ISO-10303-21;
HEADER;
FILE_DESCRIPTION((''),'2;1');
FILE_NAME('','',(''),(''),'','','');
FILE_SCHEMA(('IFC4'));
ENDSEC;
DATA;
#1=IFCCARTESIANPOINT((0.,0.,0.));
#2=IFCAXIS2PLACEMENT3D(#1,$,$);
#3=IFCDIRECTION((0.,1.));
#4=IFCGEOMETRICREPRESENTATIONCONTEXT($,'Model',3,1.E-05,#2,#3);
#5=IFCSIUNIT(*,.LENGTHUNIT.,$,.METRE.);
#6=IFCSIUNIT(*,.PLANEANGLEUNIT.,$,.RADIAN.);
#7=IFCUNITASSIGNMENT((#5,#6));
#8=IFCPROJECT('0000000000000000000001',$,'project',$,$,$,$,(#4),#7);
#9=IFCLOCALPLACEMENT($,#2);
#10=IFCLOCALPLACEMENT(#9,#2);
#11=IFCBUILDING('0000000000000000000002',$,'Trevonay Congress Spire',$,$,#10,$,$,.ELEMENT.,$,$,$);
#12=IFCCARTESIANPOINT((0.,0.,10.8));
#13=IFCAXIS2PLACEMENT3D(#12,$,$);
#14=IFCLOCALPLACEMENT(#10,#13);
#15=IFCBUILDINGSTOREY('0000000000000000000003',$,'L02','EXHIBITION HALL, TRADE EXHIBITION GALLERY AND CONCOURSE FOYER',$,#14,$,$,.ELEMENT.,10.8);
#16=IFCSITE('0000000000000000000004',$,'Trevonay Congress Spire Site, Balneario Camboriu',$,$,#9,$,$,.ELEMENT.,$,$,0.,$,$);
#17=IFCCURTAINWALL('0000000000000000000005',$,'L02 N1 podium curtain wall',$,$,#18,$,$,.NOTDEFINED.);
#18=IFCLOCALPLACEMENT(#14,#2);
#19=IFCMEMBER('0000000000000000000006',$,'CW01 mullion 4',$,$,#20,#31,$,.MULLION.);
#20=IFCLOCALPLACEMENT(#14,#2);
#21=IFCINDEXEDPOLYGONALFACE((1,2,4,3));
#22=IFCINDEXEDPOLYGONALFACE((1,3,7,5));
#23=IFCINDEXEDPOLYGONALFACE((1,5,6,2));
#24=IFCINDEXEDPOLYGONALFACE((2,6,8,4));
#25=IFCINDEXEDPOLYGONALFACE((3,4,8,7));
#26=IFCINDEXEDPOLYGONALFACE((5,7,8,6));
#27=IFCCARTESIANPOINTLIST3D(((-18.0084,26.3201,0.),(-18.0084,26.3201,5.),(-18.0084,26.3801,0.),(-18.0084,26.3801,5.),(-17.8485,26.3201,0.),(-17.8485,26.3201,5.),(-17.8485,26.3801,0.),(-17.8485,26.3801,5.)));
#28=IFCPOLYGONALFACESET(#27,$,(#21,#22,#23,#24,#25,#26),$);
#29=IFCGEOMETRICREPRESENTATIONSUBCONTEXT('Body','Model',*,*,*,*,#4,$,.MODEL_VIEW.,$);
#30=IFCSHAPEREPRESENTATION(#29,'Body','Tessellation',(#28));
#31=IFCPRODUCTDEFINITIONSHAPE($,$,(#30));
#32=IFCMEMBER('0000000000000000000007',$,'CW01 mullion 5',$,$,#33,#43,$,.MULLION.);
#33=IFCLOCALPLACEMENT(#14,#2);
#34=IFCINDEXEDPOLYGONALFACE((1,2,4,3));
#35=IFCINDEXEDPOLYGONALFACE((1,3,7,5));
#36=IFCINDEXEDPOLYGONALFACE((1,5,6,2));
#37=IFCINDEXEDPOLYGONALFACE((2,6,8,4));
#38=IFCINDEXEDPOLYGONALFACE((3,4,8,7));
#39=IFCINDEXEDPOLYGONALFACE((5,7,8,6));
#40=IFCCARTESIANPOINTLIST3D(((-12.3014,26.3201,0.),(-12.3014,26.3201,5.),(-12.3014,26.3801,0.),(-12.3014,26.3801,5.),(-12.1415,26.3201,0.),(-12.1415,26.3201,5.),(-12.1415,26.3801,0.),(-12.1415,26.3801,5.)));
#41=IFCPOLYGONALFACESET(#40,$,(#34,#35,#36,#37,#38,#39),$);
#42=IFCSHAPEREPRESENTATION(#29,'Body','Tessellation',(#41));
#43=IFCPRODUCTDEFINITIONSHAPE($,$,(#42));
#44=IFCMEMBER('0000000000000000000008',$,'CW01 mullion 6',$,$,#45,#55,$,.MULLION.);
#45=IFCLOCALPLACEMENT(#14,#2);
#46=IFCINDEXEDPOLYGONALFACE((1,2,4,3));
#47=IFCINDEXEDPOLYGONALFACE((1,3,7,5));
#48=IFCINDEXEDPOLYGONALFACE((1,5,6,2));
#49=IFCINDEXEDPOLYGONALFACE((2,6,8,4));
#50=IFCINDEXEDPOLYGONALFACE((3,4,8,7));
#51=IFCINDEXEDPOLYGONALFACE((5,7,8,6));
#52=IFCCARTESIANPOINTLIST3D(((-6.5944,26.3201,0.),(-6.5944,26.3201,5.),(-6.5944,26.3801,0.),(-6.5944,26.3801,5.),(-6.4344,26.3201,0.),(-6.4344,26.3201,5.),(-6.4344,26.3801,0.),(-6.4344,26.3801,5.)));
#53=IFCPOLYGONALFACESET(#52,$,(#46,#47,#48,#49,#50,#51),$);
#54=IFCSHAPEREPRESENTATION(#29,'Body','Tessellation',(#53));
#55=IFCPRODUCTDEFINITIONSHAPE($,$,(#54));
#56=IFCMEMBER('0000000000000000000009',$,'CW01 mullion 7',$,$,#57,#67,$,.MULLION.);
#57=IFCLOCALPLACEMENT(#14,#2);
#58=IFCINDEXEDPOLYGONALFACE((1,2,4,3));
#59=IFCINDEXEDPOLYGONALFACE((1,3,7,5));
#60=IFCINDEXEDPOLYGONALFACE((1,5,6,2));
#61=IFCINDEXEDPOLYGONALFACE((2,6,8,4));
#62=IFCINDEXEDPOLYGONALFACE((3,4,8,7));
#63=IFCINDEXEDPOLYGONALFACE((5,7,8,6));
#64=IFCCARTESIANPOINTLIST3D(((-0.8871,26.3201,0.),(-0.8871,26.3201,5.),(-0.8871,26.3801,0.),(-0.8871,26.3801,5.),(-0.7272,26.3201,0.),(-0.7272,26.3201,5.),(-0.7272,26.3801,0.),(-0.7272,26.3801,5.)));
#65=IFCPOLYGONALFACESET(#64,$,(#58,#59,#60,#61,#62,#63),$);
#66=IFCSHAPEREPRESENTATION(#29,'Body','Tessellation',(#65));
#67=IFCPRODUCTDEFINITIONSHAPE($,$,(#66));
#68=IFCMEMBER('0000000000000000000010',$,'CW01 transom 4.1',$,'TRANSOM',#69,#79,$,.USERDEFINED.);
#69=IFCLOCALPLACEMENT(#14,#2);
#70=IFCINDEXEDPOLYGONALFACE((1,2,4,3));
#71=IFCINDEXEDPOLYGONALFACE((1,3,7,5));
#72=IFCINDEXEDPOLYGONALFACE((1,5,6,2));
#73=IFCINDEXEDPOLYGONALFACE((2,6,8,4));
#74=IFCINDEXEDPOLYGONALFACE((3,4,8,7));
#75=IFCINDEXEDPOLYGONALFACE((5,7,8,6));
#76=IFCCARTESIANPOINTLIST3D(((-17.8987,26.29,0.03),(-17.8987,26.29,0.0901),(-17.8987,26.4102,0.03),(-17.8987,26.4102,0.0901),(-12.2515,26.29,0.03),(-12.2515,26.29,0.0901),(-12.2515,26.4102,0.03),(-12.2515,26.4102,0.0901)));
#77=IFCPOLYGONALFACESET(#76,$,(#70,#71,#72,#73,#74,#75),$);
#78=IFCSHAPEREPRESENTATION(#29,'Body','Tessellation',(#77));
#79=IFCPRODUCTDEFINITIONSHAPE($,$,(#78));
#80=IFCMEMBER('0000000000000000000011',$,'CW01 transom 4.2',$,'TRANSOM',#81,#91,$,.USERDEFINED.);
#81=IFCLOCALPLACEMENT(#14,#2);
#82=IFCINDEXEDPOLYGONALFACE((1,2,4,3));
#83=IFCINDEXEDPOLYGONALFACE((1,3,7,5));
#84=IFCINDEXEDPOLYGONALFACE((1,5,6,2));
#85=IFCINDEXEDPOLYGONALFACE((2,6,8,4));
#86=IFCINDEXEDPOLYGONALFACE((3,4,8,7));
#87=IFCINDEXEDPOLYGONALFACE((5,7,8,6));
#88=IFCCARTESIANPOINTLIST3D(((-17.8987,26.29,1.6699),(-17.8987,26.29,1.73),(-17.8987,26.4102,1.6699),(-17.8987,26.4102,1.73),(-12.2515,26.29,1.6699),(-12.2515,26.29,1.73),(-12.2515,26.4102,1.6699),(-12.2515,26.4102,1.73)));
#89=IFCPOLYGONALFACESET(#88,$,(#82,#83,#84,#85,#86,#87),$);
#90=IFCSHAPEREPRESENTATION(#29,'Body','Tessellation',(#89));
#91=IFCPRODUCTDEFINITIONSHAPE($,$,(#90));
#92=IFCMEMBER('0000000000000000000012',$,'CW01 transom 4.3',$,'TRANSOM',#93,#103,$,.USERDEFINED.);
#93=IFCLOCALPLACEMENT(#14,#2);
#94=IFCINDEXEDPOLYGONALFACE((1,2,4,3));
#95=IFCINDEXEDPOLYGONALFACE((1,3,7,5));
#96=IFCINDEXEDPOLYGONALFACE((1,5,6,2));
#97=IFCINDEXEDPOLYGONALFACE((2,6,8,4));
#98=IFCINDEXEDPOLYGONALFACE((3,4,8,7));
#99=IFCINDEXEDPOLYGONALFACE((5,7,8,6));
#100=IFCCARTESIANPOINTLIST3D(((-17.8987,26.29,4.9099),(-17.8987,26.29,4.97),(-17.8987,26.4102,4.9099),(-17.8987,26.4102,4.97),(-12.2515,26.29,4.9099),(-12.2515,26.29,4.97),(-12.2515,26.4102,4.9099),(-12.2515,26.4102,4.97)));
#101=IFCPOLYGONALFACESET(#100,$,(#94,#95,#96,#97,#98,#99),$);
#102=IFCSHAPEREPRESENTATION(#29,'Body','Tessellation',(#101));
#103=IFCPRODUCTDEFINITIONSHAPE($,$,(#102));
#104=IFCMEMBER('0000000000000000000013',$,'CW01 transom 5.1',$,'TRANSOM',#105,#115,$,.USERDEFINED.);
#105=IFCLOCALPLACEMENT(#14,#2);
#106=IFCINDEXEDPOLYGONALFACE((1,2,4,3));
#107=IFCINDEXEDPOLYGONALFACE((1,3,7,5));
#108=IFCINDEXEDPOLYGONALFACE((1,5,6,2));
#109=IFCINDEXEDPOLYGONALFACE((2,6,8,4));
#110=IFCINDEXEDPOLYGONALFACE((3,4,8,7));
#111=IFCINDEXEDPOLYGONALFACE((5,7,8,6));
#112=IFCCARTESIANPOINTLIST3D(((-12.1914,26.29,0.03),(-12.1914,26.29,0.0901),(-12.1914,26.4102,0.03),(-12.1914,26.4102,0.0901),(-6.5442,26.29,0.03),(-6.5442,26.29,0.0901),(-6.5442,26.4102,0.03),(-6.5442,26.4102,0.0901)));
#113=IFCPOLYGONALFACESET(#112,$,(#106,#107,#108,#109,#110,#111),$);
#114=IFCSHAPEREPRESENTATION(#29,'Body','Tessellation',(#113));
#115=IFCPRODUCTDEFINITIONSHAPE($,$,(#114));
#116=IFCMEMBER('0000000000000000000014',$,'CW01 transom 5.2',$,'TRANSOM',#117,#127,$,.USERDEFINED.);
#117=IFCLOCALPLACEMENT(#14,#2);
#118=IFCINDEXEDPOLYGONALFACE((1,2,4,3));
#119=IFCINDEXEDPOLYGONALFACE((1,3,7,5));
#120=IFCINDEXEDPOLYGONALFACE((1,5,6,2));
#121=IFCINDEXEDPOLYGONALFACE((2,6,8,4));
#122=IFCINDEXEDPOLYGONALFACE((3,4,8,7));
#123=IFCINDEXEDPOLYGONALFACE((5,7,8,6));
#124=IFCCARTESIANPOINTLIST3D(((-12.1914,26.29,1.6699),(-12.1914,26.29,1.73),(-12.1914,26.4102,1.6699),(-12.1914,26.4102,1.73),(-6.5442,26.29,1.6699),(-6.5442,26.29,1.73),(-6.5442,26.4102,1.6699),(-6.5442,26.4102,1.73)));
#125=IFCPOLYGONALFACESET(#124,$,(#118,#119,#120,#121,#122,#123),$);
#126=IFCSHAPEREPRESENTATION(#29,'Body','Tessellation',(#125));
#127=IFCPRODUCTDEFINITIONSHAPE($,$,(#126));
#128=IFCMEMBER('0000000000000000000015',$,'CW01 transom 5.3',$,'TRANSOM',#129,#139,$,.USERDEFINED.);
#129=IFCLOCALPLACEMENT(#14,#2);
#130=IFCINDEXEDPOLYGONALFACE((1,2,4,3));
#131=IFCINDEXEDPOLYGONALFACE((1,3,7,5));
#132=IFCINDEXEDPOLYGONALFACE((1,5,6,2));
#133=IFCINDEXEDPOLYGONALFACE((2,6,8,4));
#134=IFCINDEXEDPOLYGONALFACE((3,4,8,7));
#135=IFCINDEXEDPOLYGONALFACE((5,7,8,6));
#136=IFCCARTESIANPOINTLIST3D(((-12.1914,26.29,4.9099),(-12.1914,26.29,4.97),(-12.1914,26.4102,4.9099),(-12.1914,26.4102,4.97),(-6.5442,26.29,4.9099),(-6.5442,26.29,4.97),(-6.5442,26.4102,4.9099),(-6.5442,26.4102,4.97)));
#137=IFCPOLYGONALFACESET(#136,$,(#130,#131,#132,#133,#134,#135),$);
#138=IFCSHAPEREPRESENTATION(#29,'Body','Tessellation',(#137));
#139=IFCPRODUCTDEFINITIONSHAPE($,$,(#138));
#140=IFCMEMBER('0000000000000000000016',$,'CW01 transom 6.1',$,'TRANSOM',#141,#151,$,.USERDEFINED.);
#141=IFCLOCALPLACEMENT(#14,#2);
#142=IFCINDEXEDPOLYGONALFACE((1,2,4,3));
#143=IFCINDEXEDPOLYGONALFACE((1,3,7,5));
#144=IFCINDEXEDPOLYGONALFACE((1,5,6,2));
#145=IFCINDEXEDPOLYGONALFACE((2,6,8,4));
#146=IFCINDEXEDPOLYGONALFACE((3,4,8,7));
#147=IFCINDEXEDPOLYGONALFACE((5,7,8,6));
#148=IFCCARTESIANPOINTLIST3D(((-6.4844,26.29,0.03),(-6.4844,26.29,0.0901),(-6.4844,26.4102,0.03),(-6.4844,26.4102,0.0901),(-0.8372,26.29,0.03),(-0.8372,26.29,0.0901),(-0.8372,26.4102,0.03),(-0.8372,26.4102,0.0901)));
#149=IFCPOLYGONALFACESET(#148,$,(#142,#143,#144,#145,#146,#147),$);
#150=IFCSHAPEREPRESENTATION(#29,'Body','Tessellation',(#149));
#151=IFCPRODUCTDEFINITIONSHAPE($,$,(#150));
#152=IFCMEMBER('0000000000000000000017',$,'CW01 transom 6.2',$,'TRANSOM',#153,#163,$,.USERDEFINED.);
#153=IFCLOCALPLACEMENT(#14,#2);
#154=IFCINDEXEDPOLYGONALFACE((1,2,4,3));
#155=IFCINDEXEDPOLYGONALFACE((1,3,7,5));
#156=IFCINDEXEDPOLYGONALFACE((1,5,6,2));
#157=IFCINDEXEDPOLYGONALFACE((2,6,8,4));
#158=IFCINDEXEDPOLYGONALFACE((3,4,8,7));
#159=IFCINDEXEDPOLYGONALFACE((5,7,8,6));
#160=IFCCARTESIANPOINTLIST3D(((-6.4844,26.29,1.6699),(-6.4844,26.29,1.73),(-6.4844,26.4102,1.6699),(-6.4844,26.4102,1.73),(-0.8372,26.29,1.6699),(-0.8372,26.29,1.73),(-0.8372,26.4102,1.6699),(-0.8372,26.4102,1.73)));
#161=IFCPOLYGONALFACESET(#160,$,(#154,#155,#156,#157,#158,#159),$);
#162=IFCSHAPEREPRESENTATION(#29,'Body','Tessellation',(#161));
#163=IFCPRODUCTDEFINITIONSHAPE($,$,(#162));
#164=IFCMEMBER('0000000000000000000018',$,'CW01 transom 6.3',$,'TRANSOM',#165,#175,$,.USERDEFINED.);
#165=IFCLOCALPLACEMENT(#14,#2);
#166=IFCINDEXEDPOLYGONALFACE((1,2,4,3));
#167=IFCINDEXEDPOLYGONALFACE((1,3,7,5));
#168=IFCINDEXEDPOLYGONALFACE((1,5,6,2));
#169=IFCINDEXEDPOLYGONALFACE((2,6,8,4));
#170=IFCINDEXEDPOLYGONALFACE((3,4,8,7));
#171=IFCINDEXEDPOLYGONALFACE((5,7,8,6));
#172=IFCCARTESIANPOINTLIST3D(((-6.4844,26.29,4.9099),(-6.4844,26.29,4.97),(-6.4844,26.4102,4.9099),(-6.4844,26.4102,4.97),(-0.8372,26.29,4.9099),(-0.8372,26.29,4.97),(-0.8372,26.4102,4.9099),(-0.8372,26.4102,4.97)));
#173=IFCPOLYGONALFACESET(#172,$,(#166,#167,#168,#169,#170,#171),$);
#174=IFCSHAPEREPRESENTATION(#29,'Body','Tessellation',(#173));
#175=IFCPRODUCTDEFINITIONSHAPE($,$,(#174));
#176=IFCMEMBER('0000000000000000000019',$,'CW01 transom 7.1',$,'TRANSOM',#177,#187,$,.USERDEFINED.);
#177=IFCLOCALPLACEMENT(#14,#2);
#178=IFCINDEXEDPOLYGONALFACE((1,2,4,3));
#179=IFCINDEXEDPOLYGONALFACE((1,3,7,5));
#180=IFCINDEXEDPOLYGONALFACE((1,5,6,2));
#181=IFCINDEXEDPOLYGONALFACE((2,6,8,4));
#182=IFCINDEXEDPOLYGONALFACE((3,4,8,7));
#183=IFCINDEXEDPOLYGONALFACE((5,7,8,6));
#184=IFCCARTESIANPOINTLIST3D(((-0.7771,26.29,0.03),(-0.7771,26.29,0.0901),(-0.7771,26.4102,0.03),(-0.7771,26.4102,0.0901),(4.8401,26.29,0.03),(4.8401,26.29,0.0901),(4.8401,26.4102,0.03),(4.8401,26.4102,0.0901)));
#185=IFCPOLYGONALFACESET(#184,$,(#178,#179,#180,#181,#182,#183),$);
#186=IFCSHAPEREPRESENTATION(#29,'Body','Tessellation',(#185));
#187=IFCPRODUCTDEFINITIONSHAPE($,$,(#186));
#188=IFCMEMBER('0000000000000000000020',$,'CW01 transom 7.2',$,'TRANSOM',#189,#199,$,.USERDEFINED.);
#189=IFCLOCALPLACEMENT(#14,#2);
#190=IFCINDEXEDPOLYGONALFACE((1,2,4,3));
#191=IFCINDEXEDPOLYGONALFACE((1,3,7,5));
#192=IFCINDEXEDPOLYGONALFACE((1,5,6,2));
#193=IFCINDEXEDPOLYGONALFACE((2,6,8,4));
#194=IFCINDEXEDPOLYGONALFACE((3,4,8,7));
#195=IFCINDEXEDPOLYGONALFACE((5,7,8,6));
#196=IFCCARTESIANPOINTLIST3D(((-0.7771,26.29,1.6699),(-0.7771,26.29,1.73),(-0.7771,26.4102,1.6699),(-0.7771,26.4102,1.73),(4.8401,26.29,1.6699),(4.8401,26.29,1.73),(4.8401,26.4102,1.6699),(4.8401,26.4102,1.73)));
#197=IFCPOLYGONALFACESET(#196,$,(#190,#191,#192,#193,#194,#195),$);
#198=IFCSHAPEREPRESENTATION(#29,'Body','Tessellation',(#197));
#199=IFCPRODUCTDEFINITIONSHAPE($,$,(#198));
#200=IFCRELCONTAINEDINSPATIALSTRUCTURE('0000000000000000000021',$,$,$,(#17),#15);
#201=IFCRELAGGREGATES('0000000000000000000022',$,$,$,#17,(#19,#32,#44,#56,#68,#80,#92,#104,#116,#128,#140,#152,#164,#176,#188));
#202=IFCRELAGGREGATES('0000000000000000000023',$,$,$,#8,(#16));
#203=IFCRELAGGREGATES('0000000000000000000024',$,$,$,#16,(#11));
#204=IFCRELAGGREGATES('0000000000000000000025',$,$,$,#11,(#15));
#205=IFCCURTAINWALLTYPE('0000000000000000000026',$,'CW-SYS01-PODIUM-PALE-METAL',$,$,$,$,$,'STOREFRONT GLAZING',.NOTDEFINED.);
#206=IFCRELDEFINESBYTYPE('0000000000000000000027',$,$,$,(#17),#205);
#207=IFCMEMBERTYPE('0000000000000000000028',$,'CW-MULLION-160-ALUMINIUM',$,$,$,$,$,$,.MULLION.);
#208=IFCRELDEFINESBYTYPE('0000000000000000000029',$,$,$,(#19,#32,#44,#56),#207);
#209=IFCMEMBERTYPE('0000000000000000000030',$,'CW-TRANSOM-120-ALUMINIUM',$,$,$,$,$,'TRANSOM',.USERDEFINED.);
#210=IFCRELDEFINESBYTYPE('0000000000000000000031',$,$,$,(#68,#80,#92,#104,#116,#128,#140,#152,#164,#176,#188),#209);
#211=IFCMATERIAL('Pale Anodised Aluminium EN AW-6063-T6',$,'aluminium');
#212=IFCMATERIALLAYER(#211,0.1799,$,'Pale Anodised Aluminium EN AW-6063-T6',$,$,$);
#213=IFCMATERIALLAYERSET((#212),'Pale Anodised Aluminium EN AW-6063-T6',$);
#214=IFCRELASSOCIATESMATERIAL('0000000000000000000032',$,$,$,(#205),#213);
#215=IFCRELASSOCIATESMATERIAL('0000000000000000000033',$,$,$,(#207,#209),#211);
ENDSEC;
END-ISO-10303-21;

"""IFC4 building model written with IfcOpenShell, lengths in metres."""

from ifc_helpers import new_model, si_unit, direction, frame, origin, origin_2d, place, context, subcontext, project, spatial, rectangle, extrude, material, layer, layer_set, material_profile, profile_set, type_object, element, aggregate, save


model = new_model("IFC4")

# Units and contexts
model_context = context("Model", 3, precision=1e-05, world=origin(), true_north=direction((0.0, 1.0)))
body_context = subcontext(model_context, "Body", "Model", "MODEL_VIEW")
ifc_project = project(units=[si_unit("LENGTHUNIT", "METRE"), si_unit("PLANEANGLEUNIT", "RADIAN")], contexts=[model_context])

# Site, building, storey
site_placement = place(None, origin())
site = spatial("IfcSite", under=ifc_project, at=site_placement, Name="Trevonay Congress Spire Site, Balneario Camboriu", CompositionType="ELEMENT", RefElevation=0.0)
building_placement = place(site_placement, origin())
building = spatial("IfcBuilding", under=site, at=building_placement, Name="Trevonay Congress Spire", CompositionType="ELEMENT")
storey_placement = place(building_placement, frame((0.0, 0.0, 10.8)))
storey = spatial("IfcBuildingStorey", under=building, at=storey_placement, Name="L02", Description="EXHIBITION HALL, TRADE EXHIBITION GALLERY AND CONCOURSE FOYER", CompositionType="ELEMENT", Elevation=10.8)

# Curtain wall, members
ifc_material_1 = material(Name="Pale Anodised Aluminium EN AW-6063-T6", Category="aluminium")
ifc_layer_1 = layer(ifc_material_1, 0.1799, Name="Pale Anodised Aluminium EN AW-6063-T6")
ifc_layer_set_1 = layer_set([ifc_layer_1], Name="Pale Anodised Aluminium EN AW-6063-T6")
curtain_wall_type = type_object("IfcCurtainWallType", Name="CW-SYS01-PODIUM-PALE-METAL", ElementType="STOREFRONT GLAZING", PredefinedType="NOTDEFINED", material=ifc_layer_set_1)
curtain_wall_placement = place(storey_placement, origin())
curtain_wall = element("IfcCurtainWall", 1, at=curtain_wall_placement, inside=storey, type_object=curtain_wall_type, Name="L02 N1 podium curtain wall", PredefinedType="NOTDEFINED")
ifc_material_profile_1 = material_profile(ifc_material_1, rectangle(XDim=0.0601, YDim=0.1599, at=origin_2d()), Name="CW-MULLION-160-ALUMINIUM")
ifc_profile_set_1 = profile_set([ifc_material_profile_1], Name="Pale Anodised Aluminium EN AW-6063-T6")
member_type_1 = type_object("IfcMemberType", Name="CW-MULLION-160-ALUMINIUM", PredefinedType="MULLION", material=ifc_profile_set_1)
member_1_placement = place(storey_placement, frame((-17.9285, 26.3501, 0.0), z_axis=(0.0, 0.0, 1.0), x_axis=(0.0, 1.0, 0.0)))
member_1 = element("IfcMember", 2, at=member_1_placement, type_object=member_type_1, Name="CW01 mullion 4", PredefinedType="MULLION", context=body_context, shape_type="SweptSolid", body=[
    extrude(rectangle(XDim=0.0601, YDim=0.1599, at=origin_2d()), origin(), (0.0, 0.0, 1.0), 5.0),
])
member_2_placement = place(storey_placement, frame((-12.2214, 26.3501, 0.0), z_axis=(0.0, 0.0, 1.0), x_axis=(0.0, 1.0, 0.0)))
member_2 = element("IfcMember", 3, at=member_2_placement, type_object=member_type_1, Name="CW01 mullion 5", PredefinedType="MULLION", context=body_context, shape_type="SweptSolid", body=[
    extrude(rectangle(XDim=0.0601, YDim=0.1599, at=origin_2d()), origin(), (0.0, 0.0, 1.0), 5.0),
])
member_3_placement = place(storey_placement, frame((-6.5144, 26.3501, 0.0), z_axis=(0.0, 0.0, 1.0), x_axis=(0.0, 1.0, 0.0)))
member_3 = element("IfcMember", 4, at=member_3_placement, type_object=member_type_1, Name="CW01 mullion 6", PredefinedType="MULLION", context=body_context, shape_type="SweptSolid", body=[
    extrude(rectangle(XDim=0.0601, YDim=0.1599, at=origin_2d()), origin(), (0.0, 0.0, 1.0), 5.0),
])
member_4_placement = place(storey_placement, frame((-0.8071, 26.3501, 0.0), z_axis=(0.0, 0.0, 1.0), x_axis=(0.0, 1.0, 0.0)))
member_4 = element("IfcMember", 5, at=member_4_placement, type_object=member_type_1, Name="CW01 mullion 7", PredefinedType="MULLION", context=body_context, shape_type="SweptSolid", body=[
    extrude(rectangle(XDim=0.0601, YDim=0.1599, at=origin_2d()), origin(), (0.0, 0.0, 1.0), 5.0),
])
ifc_material_profile_2 = material_profile(ifc_material_1, rectangle(XDim=0.1201, YDim=0.0601, at=origin_2d()), Name="CW-TRANSOM-120-ALUMINIUM")
ifc_profile_set_2 = profile_set([ifc_material_profile_2], Name="Pale Anodised Aluminium EN AW-6063-T6")
member_type_2 = type_object("IfcMemberType", Name="CW-TRANSOM-120-ALUMINIUM", ElementType="TRANSOM", PredefinedType="USERDEFINED", material=ifc_profile_set_2)
member_5_placement = place(storey_placement, frame((-17.8987, 26.3501, 0.0601), z_axis=(1.0, 0.0, 0.0), x_axis=(0.0, 1.0, 0.0)))
member_5 = element("IfcMember", 6, at=member_5_placement, type_object=member_type_2, Name="CW01 transom 4.1", ObjectType="TRANSOM", PredefinedType="USERDEFINED", context=body_context, shape_type="SweptSolid", body=[
    extrude(rectangle(XDim=0.1201, YDim=0.0601, at=origin_2d()), origin(), (0.0, 0.0, 1.0), 5.6472),
])
member_6_placement = place(storey_placement, frame((-17.8987, 26.3501, 1.7), z_axis=(1.0, 0.0, 0.0), x_axis=(0.0, 1.0, 0.0)))
member_6 = element("IfcMember", 7, at=member_6_placement, type_object=member_type_2, Name="CW01 transom 4.2", ObjectType="TRANSOM", PredefinedType="USERDEFINED", context=body_context, shape_type="SweptSolid", body=[
    extrude(rectangle(XDim=0.1201, YDim=0.0601, at=origin_2d()), origin(), (0.0, 0.0, 1.0), 5.6472),
])
member_7_placement = place(storey_placement, frame((-17.8987, 26.3501, 4.9399), z_axis=(1.0, 0.0, 0.0), x_axis=(0.0, 1.0, 0.0)))
member_7 = element("IfcMember", 8, at=member_7_placement, type_object=member_type_2, Name="CW01 transom 4.3", ObjectType="TRANSOM", PredefinedType="USERDEFINED", context=body_context, shape_type="SweptSolid", body=[
    extrude(rectangle(XDim=0.1201, YDim=0.0601, at=origin_2d()), origin(), (0.0, 0.0, 1.0), 5.6472),
])
member_8_placement = place(storey_placement, frame((-12.1914, 26.3501, 0.0601), z_axis=(1.0, 0.0, 0.0), x_axis=(0.0, 1.0, 0.0)))
member_8 = element("IfcMember", 9, at=member_8_placement, type_object=member_type_2, Name="CW01 transom 5.1", ObjectType="TRANSOM", PredefinedType="USERDEFINED", context=body_context, shape_type="SweptSolid", body=[
    extrude(rectangle(XDim=0.1201, YDim=0.0601, at=origin_2d()), origin(), (0.0, 0.0, 1.0), 5.6472),
])
member_9_placement = place(storey_placement, frame((-12.1914, 26.3501, 1.7), z_axis=(1.0, 0.0, 0.0), x_axis=(0.0, 1.0, 0.0)))
member_9 = element("IfcMember", 10, at=member_9_placement, type_object=member_type_2, Name="CW01 transom 5.2", ObjectType="TRANSOM", PredefinedType="USERDEFINED", context=body_context, shape_type="SweptSolid", body=[
    extrude(rectangle(XDim=0.1201, YDim=0.0601, at=origin_2d()), origin(), (0.0, 0.0, 1.0), 5.6472),
])
member_10_placement = place(storey_placement, frame((-12.1914, 26.3501, 4.9399), z_axis=(1.0, 0.0, 0.0), x_axis=(0.0, 1.0, 0.0)))
member_10 = element("IfcMember", 11, at=member_10_placement, type_object=member_type_2, Name="CW01 transom 5.3", ObjectType="TRANSOM", PredefinedType="USERDEFINED", context=body_context, shape_type="SweptSolid", body=[
    extrude(rectangle(XDim=0.1201, YDim=0.0601, at=origin_2d()), origin(), (0.0, 0.0, 1.0), 5.6472),
])
member_11_placement = place(storey_placement, frame((-6.4844, 26.3501, 0.0601), z_axis=(1.0, 0.0, 0.0), x_axis=(0.0, 1.0, 0.0)))
member_11 = element("IfcMember", 12, at=member_11_placement, type_object=member_type_2, Name="CW01 transom 6.1", ObjectType="TRANSOM", PredefinedType="USERDEFINED", context=body_context, shape_type="SweptSolid", body=[
    extrude(rectangle(XDim=0.1201, YDim=0.0601, at=origin_2d()), origin(), (0.0, 0.0, 1.0), 5.6472),
])
member_12_placement = place(storey_placement, frame((-6.4844, 26.3501, 1.7), z_axis=(1.0, 0.0, 0.0), x_axis=(0.0, 1.0, 0.0)))
member_12 = element("IfcMember", 13, at=member_12_placement, type_object=member_type_2, Name="CW01 transom 6.2", ObjectType="TRANSOM", PredefinedType="USERDEFINED", context=body_context, shape_type="SweptSolid", body=[
    extrude(rectangle(XDim=0.1201, YDim=0.0601, at=origin_2d()), origin(), (0.0, 0.0, 1.0), 5.6472),
])
member_13_placement = place(storey_placement, frame((-6.4844, 26.3501, 4.9399), z_axis=(1.0, 0.0, 0.0), x_axis=(0.0, 1.0, 0.0)))
member_13 = element("IfcMember", 14, at=member_13_placement, type_object=member_type_2, Name="CW01 transom 6.3", ObjectType="TRANSOM", PredefinedType="USERDEFINED", context=body_context, shape_type="SweptSolid", body=[
    extrude(rectangle(XDim=0.1201, YDim=0.0601, at=origin_2d()), origin(), (0.0, 0.0, 1.0), 5.6472),
])
member_14_placement = place(storey_placement, frame((-0.7771, 26.3501, 0.0601), z_axis=(1.0, 0.0, 0.0), x_axis=(0.0, 1.0, 0.0)))
member_14 = element("IfcMember", 15, at=member_14_placement, type_object=member_type_2, Name="CW01 transom 7.1", ObjectType="TRANSOM", PredefinedType="USERDEFINED", context=body_context, shape_type="SweptSolid", body=[
    extrude(rectangle(XDim=0.1201, YDim=0.0601, at=origin_2d()), origin(), (0.0, 0.0, 1.0), 5.6172),
])
member_15_placement = place(storey_placement, frame((-0.7771, 26.3501, 1.7), z_axis=(1.0, 0.0, 0.0), x_axis=(0.0, 1.0, 0.0)))
member_15 = element("IfcMember", 16, at=member_15_placement, type_object=member_type_2, Name="CW01 transom 7.2", ObjectType="TRANSOM", PredefinedType="USERDEFINED", context=body_context, shape_type="SweptSolid", body=[
    extrude(rectangle(XDim=0.1201, YDim=0.0601, at=origin_2d()), origin(), (0.0, 0.0, 1.0), 5.6172),
])

aggregate(curtain_wall, [member_1, member_2, member_3, member_4, member_5, member_6, member_7, member_8, member_9, member_10, member_11, member_12, member_13, member_14, member_15])

save(model, "model.ifc")
